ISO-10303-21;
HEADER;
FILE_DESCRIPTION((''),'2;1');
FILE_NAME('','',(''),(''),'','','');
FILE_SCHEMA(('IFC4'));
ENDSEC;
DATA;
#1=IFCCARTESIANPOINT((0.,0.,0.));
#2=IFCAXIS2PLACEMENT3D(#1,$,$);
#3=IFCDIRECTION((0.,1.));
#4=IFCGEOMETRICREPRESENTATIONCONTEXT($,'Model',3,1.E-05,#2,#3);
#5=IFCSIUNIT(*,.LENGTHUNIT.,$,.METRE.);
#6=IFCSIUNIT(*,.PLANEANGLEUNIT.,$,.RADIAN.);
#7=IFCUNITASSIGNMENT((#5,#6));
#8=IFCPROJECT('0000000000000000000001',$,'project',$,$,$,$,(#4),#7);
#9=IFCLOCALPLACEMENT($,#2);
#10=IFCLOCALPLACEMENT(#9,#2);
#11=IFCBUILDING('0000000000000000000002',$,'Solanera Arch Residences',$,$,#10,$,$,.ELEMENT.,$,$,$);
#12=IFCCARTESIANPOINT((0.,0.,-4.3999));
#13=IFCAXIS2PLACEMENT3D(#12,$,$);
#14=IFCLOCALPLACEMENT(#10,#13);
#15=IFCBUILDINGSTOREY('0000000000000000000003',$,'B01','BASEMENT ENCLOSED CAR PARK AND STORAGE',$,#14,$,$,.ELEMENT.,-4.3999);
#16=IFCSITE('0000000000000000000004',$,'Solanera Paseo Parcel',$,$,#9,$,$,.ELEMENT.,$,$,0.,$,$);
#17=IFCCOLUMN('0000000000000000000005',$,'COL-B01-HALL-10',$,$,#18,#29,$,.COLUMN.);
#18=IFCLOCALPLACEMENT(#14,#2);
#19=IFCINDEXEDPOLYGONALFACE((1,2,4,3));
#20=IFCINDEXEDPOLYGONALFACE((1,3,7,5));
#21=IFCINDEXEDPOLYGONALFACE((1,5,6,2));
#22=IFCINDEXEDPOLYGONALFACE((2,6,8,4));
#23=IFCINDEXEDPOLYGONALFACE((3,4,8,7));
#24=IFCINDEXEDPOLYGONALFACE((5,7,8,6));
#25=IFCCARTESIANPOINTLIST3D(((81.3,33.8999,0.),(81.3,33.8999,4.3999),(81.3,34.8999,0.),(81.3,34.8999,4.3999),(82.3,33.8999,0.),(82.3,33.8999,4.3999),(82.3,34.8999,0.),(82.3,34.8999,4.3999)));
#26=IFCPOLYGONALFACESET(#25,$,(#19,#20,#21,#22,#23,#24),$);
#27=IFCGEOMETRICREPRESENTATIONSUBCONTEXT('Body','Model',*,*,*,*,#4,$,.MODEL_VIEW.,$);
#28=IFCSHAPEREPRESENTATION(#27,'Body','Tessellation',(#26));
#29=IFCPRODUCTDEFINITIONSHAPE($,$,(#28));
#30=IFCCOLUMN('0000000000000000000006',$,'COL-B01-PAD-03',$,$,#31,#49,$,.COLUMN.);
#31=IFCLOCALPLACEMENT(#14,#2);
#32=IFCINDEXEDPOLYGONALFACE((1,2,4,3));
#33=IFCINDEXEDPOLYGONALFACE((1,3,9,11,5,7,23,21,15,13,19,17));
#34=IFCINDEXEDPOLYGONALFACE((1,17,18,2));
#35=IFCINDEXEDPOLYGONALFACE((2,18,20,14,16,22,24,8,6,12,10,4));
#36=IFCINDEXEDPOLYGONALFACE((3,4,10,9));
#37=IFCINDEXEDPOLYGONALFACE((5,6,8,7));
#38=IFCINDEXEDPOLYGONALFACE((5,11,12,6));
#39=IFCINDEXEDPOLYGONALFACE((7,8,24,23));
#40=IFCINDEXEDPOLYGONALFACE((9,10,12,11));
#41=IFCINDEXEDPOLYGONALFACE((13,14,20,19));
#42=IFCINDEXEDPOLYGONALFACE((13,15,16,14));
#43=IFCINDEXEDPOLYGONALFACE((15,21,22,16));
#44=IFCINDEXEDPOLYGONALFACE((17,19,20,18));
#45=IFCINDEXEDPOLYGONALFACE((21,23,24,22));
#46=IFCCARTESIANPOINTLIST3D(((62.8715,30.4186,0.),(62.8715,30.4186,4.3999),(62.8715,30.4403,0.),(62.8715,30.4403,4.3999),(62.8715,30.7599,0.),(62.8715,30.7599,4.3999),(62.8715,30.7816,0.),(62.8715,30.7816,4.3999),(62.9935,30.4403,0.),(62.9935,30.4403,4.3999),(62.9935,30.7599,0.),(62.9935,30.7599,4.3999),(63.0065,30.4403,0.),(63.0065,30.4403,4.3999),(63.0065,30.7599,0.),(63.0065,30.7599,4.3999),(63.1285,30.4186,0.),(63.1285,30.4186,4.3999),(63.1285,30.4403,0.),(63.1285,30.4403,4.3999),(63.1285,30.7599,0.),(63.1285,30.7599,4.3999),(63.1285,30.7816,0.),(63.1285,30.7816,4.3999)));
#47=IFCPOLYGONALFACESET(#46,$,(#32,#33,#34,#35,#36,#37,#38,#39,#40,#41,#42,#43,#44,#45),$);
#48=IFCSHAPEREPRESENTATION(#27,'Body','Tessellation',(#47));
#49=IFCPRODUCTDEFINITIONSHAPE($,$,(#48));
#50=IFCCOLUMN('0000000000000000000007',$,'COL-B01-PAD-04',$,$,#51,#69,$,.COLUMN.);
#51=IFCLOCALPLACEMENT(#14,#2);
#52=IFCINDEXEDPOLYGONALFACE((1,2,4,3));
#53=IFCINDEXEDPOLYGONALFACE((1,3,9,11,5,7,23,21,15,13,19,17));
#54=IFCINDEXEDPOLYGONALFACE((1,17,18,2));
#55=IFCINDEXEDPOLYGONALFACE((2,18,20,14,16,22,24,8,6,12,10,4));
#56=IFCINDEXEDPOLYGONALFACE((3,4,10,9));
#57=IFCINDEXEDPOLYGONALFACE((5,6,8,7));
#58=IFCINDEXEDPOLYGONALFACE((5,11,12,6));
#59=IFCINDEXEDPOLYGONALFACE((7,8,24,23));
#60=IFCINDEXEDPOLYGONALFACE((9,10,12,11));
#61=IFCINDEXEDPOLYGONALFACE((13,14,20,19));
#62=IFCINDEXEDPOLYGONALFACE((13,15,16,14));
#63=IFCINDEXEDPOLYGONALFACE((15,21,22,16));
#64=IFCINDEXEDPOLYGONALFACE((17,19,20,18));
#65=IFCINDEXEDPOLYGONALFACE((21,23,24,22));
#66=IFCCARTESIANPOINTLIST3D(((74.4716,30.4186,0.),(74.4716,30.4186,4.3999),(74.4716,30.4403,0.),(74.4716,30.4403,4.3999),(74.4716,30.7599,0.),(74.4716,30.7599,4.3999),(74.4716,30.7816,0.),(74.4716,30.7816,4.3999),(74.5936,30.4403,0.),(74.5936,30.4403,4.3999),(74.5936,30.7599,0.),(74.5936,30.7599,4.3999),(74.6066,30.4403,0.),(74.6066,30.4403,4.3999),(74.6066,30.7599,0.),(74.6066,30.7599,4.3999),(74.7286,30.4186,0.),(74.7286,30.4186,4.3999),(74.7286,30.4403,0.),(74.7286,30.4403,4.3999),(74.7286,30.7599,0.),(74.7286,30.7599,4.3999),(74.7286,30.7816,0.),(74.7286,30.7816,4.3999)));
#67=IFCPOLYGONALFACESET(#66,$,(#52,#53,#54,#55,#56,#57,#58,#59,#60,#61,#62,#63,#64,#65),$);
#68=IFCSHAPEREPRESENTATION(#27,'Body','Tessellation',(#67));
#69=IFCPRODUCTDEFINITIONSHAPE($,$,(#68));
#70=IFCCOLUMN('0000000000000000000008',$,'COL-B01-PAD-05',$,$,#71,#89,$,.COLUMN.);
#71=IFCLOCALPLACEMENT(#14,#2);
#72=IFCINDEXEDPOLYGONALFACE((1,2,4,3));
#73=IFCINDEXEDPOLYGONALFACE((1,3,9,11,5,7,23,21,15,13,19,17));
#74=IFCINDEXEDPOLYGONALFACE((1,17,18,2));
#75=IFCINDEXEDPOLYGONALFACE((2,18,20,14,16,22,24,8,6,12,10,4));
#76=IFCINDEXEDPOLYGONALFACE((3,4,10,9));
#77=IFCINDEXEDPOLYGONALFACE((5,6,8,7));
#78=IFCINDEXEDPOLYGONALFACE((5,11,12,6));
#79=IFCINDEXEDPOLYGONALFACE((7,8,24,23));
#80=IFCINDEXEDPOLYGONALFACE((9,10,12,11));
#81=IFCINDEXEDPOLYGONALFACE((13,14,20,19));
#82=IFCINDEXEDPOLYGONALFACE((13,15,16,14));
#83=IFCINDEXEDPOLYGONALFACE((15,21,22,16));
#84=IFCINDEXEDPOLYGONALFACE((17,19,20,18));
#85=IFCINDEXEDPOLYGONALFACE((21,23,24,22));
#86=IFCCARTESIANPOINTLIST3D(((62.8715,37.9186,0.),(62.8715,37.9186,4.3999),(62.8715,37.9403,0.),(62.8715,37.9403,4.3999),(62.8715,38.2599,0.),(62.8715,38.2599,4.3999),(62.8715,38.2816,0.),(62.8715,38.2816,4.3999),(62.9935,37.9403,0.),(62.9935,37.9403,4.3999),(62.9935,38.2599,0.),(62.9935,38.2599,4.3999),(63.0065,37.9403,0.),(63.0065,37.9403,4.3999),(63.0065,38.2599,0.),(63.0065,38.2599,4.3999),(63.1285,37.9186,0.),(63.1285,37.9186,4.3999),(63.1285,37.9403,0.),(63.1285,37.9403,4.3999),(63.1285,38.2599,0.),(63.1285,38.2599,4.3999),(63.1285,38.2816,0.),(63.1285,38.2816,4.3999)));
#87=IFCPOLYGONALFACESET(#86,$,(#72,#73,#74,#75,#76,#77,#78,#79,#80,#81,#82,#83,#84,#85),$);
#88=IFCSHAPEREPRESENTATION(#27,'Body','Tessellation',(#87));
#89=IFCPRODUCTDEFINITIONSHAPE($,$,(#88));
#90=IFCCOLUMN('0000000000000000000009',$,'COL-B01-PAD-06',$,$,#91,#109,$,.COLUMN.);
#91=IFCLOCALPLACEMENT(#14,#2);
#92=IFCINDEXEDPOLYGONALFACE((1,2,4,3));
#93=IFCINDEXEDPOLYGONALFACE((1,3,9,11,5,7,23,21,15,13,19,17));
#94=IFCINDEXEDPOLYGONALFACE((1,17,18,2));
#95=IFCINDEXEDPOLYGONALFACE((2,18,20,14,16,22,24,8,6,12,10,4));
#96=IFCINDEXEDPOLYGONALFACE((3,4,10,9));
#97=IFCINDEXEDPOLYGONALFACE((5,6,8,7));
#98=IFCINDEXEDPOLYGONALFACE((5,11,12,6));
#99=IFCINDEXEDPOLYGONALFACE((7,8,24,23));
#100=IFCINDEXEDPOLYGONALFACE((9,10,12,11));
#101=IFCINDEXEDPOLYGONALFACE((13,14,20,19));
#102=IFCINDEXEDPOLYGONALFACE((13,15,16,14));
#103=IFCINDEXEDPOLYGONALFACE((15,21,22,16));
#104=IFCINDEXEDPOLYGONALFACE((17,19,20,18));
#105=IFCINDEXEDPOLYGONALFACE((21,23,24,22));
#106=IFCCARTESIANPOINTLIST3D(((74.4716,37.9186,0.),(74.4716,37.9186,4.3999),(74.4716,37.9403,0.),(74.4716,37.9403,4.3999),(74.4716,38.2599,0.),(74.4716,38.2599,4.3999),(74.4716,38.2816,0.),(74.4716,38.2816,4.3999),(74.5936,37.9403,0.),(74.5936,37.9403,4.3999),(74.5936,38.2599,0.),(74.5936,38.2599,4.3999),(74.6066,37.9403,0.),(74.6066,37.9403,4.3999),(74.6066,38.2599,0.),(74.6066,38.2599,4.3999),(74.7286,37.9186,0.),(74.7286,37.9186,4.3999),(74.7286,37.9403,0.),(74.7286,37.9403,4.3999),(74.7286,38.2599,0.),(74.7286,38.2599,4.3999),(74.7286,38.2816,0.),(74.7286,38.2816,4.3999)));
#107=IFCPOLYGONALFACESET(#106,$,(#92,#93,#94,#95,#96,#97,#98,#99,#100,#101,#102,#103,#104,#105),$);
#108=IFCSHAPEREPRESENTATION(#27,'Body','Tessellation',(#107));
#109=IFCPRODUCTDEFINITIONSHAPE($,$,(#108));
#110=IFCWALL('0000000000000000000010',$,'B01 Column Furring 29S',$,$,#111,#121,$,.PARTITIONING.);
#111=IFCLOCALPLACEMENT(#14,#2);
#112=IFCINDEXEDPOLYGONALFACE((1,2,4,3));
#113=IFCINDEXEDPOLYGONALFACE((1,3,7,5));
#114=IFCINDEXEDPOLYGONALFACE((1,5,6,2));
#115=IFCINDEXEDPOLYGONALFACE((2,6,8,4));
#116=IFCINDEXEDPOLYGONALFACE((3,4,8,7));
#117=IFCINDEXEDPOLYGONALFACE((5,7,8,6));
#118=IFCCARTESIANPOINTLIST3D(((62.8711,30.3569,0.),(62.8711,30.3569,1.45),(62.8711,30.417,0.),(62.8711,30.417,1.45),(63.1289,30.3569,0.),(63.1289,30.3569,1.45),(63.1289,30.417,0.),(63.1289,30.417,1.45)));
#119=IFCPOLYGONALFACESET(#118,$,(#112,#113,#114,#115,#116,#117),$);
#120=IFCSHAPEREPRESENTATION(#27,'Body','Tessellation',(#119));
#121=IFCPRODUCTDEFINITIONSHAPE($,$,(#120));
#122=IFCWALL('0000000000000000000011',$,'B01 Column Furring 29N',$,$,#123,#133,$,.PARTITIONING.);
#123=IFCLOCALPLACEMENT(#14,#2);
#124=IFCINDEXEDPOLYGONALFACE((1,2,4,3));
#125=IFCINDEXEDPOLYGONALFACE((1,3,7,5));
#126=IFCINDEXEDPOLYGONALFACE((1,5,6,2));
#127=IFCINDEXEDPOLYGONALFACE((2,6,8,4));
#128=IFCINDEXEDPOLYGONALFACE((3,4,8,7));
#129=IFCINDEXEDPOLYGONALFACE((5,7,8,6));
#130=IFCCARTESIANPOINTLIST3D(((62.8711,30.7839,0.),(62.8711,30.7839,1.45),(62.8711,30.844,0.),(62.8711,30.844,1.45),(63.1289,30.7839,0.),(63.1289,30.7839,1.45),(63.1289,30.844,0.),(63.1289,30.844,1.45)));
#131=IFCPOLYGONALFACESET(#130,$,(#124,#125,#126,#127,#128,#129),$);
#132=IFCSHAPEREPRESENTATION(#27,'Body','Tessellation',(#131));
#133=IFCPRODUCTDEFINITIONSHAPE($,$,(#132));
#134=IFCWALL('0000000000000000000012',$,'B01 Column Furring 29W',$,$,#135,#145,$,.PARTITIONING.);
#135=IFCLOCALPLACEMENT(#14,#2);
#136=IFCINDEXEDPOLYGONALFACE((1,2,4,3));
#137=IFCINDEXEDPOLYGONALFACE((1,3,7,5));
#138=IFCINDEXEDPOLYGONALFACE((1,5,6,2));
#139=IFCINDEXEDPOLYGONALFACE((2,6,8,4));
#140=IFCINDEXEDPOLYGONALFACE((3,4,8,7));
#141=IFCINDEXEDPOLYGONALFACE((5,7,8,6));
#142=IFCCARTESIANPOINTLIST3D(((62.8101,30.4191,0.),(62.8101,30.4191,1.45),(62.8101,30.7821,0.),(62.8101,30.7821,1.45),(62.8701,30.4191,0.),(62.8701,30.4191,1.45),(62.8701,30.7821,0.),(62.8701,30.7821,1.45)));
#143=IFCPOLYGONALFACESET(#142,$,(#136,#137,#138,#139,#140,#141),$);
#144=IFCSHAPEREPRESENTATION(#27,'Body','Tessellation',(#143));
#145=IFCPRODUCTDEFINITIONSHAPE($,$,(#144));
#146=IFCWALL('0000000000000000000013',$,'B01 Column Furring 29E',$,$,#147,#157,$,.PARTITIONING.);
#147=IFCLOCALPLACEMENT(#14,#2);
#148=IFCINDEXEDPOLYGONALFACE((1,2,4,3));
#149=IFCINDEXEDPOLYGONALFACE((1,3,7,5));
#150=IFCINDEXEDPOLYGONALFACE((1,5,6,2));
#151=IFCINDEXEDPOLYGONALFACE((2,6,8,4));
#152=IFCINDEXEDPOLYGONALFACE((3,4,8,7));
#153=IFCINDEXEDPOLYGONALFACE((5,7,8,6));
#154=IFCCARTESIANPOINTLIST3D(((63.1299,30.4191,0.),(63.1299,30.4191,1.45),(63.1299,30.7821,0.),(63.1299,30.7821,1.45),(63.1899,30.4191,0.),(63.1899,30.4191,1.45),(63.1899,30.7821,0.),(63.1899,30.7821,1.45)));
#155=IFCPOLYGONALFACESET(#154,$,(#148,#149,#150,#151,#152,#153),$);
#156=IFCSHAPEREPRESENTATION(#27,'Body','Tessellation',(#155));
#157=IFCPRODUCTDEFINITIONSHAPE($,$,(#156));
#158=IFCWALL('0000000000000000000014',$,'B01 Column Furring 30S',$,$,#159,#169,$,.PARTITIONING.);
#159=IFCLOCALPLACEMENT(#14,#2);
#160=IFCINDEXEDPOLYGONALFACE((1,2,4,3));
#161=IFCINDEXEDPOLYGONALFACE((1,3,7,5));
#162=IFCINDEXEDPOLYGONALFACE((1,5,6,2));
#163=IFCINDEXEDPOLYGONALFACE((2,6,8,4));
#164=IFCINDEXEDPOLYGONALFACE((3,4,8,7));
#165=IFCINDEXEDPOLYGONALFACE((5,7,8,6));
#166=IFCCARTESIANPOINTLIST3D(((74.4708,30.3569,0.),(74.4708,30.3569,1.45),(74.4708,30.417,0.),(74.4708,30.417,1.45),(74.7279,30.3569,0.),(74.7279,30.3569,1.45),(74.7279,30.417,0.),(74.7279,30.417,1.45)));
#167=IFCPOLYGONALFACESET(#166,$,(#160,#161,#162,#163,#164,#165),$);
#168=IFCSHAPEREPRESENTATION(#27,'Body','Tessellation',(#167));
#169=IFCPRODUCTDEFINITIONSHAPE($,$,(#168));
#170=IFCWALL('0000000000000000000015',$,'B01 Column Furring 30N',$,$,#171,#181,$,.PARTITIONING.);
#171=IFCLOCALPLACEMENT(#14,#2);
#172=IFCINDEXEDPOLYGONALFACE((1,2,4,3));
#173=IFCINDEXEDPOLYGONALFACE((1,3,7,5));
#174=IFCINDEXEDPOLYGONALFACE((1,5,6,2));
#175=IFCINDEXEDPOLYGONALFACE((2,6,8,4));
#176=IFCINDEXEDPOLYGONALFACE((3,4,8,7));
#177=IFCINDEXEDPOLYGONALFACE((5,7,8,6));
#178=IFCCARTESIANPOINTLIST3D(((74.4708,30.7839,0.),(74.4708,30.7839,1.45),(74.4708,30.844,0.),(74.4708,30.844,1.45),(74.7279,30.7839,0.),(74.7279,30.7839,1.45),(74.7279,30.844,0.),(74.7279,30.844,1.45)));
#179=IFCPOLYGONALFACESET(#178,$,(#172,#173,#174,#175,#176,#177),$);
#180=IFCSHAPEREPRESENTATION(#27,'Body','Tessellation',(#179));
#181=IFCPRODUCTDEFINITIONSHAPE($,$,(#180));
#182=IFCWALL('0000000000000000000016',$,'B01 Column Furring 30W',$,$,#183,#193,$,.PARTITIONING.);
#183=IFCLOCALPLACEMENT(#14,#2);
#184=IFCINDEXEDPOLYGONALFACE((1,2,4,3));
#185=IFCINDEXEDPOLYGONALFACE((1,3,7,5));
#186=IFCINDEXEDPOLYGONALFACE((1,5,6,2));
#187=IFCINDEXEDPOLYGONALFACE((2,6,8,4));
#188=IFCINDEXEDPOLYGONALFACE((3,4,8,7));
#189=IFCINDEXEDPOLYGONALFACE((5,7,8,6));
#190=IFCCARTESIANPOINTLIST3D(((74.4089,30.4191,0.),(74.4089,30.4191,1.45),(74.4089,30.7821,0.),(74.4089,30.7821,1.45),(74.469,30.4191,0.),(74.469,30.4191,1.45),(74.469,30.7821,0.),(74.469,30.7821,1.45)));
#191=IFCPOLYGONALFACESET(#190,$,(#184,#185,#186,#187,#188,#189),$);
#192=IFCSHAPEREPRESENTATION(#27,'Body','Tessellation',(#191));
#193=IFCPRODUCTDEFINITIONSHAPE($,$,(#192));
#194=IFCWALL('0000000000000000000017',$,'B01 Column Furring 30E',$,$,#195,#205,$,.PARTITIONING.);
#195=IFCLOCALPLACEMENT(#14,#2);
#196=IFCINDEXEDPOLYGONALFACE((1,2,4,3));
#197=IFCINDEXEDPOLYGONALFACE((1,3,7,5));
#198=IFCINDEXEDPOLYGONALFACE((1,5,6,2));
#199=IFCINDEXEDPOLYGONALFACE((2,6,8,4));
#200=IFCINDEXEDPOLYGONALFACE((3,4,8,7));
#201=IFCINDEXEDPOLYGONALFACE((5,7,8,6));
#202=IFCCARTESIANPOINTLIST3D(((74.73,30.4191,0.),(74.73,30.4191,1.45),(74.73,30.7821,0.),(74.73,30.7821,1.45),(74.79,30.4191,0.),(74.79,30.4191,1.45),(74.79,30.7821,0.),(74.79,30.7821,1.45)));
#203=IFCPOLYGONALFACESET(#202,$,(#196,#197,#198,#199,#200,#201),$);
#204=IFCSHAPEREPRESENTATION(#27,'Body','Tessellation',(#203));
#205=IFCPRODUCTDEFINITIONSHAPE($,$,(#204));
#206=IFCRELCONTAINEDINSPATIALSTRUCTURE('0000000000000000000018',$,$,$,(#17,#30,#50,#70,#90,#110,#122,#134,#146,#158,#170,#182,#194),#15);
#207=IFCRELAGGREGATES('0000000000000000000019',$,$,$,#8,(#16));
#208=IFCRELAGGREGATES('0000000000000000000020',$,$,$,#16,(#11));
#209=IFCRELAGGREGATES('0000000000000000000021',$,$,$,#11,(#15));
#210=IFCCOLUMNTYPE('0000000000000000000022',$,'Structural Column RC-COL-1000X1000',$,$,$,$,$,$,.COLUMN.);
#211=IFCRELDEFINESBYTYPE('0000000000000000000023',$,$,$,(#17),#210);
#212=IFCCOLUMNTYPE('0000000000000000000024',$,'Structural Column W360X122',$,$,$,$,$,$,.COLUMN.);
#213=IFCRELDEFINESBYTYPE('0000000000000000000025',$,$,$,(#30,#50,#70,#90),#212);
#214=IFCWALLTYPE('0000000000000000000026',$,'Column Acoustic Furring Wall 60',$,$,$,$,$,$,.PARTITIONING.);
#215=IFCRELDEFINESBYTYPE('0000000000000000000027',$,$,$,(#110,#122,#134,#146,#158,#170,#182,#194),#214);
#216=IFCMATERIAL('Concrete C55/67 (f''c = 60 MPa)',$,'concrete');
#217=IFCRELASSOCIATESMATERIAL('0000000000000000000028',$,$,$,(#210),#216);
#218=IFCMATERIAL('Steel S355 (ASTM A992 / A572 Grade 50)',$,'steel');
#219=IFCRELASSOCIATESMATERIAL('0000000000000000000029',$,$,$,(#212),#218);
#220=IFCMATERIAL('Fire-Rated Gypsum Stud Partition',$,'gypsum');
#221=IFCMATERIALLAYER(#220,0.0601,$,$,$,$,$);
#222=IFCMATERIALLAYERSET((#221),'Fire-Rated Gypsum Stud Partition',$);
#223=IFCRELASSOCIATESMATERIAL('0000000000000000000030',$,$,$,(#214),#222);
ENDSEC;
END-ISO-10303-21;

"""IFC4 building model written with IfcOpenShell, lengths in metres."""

from ifc_helpers import new_model, si_unit, direction, frame, frame_2d, origin, origin_2d, place, context, subcontext, project, spatial, rectangle, i_section, extrude, material, layer, layer_set, material_profile, profile_set, type_object, element, save


model = new_model("IFC4")

# Units and contexts
model_context = context("Model", 3, precision=1e-05, world=origin(), true_north=direction((0.0, 1.0)))
body_context = subcontext(model_context, "Body", "Model", "MODEL_VIEW")
ifc_project = project(units=[si_unit("LENGTHUNIT", "METRE"), si_unit("PLANEANGLEUNIT", "RADIAN")], contexts=[model_context])

# Site, building, storey
site_placement = place(None, origin())
site = spatial("IfcSite", under=ifc_project, at=site_placement, Name="Solanera Paseo Parcel", CompositionType="ELEMENT", RefElevation=0.0)
building_placement = place(site_placement, origin())
building = spatial("IfcBuilding", under=site, at=building_placement, Name="Solanera Arch Residences", CompositionType="ELEMENT")
storey_placement = place(building_placement, frame((0.0, 0.0, -4.3999)))
storey = spatial("IfcBuildingStorey", under=building, at=storey_placement, Name="B01", Description="BASEMENT ENCLOSED CAR PARK AND STORAGE", CompositionType="ELEMENT", Elevation=-4.3999)

# Columns
ifc_material_1 = material(Name="Concrete C55/67 (f'c = 60 MPa)", Category="concrete")
ifc_material_profile_1 = material_profile(ifc_material_1, rectangle(XDim=1.0, YDim=1.0, at=origin_2d()))
ifc_profile_set_1 = profile_set([ifc_material_profile_1], Name="Concrete C55/67 (f'c = 60 MPa)")
column_type_1 = type_object("IfcColumnType", Name="Structural Column RC-COL-1000X1000", PredefinedType="COLUMN", material=ifc_profile_set_1)
column_placement = place(storey_placement, frame((81.8, 34.3999, 0.0), z_axis=(0.0, 0.0, 1.0), x_axis=(1.0, 0.0, 0.0)))
element("IfcColumn", 1, at=column_placement, inside=storey, type_object=column_type_1, Name="COL-B01-HALL-10", PredefinedType="COLUMN", context=body_context, shape_type="SweptSolid", body=[
    extrude(rectangle(XDim=1.0, YDim=1.0, at=origin_2d()), origin(), (0.0, 0.0, 1.0), 4.3999),
])
ifc_material_2 = material(Name="Steel S355 (ASTM A992 / A572 Grade 50)", Category="steel")
ifc_material_profile_2 = material_profile(ifc_material_2, i_section(OverallWidth=0.2571, OverallDepth=0.363, WebThickness=0.0129, FlangeThickness=0.0217, at=origin_2d()))
ifc_profile_set_2 = profile_set([ifc_material_profile_2], Name="Steel S355 (ASTM A992 / A572 Grade 50)")
column_type_2 = type_object("IfcColumnType", Name="Structural Column W360X122", PredefinedType="COLUMN", material=ifc_profile_set_2)
for number, where, z_axis, x_axis, name in (
    (2, (63.0, 30.6001, 0.0), (0.0, 0.0, 1.0), (1.0, 0.0, 0.0), "COL-B01-PAD-03"),
    (3, (74.6001, 30.6001, 0.0), (0.0, 0.0, 1.0), (1.0, 0.0, 0.0), "COL-B01-PAD-04"),
    (4, (63.0, 38.1001, 0.0), (0.0, 0.0, 1.0), (1.0, 0.0, 0.0), "COL-B01-PAD-05"),
    (5, (74.6001, 38.1001, 0.0), (0.0, 0.0, 1.0), (1.0, 0.0, 0.0), "COL-B01-PAD-06"),
):
    element("IfcColumn", number, at=place(storey_placement, frame(where, z_axis=z_axis, x_axis=x_axis)), inside=storey, type_object=column_type_2, Name=name, PredefinedType="COLUMN", context=body_context, shape_type="SweptSolid", body=[
        extrude(i_section(OverallWidth=0.2571, OverallDepth=0.363, WebThickness=0.0129, FlangeThickness=0.0217, at=origin_2d()), origin(), (0.0, 0.0, 1.0), 4.3999),
    ])

# Walls
ifc_material_3 = material(Name="Fire-Rated Gypsum Stud Partition", Category="gypsum")
ifc_layer_1 = layer(ifc_material_3, 0.0601)
ifc_layer_set_1 = layer_set([ifc_layer_1], Name="Fire-Rated Gypsum Stud Partition")
wall_type_1 = type_object("IfcWallType", Name="Column Acoustic Furring Wall 60", PredefinedType="PARTITIONING", material=ifc_layer_set_1)
for number, where, z_axis, x_axis, name in (
    (6, (62.8711, 30.387, 0.0), (0.0, 0.0, 1.0), (1.0, 0.0, 0.0), "B01 Column Furring 29S"),
    (7, (62.8711, 30.814, 0.0), (0.0, 0.0, 1.0), (1.0, 0.0, 0.0), "B01 Column Furring 29N"),
):
    element("IfcWall", number, at=place(storey_placement, frame(where, z_axis=z_axis, x_axis=x_axis)), inside=storey, type_object=wall_type_1, Name=name, PredefinedType="PARTITIONING", context=body_context, shape_type="SweptSolid", body=[
        extrude(rectangle(XDim=0.2578, YDim=0.0601, at=frame_2d((0.1289, 0.0))), origin(), (0.0, 0.0, 1.0), 1.45),
    ])
for number, where, z_axis, x_axis, name in (
    (8, (62.8401, 30.4189, 0.0), (0.0, 0.0, 1.0), (0.0, 1.0, 0.0), "B01 Column Furring 29W"),
    (9, (63.1599, 30.4189, 0.0), (0.0, 0.0, 1.0), (0.0, 1.0, 0.0), "B01 Column Furring 29E"),
):
    element("IfcWall", number, at=place(storey_placement, frame(where, z_axis=z_axis, x_axis=x_axis)), inside=storey, type_object=wall_type_1, Name=name, PredefinedType="PARTITIONING", context=body_context, shape_type="SweptSolid", body=[
        extrude(rectangle(XDim=0.363, YDim=0.0601, at=frame_2d((0.1816, 0.0))), origin(), (0.0, 0.0, 1.0), 1.45),
    ])
for number, where, z_axis, x_axis, name in (
    (10, (74.4709, 30.387, 0.0), (0.0, 0.0, 1.0), (1.0, 0.0, 0.0), "B01 Column Furring 30S"),
    (11, (74.4709, 30.814, 0.0), (0.0, 0.0, 1.0), (1.0, 0.0, 0.0), "B01 Column Furring 30N"),
):
    element("IfcWall", number, at=place(storey_placement, frame(where, z_axis=z_axis, x_axis=x_axis)), inside=storey, type_object=wall_type_1, Name=name, PredefinedType="PARTITIONING", context=body_context, shape_type="SweptSolid", body=[
        extrude(rectangle(XDim=0.2571, YDim=0.0601, at=frame_2d((0.1284, 0.0))), origin(), (0.0, 0.0, 1.0), 1.45),
    ])
for number, where, z_axis, x_axis, name in (
    (12, (74.439, 30.4189, 0.0), (0.0, 0.0, 1.0), (0.0, 1.0, 0.0), "B01 Column Furring 30W"),
    (13, (74.76, 30.4189, 0.0), (0.0, 0.0, 1.0), (0.0, 1.0, 0.0), "B01 Column Furring 30E"),
):
    element("IfcWall", number, at=place(storey_placement, frame(where, z_axis=z_axis, x_axis=x_axis)), inside=storey, type_object=wall_type_1, Name=name, PredefinedType="PARTITIONING", context=body_context, shape_type="SweptSolid", body=[
        extrude(rectangle(XDim=0.363, YDim=0.0601, at=frame_2d((0.1816, 0.0))), origin(), (0.0, 0.0, 1.0), 1.45),
    ])

save(model, "model.ifc")
